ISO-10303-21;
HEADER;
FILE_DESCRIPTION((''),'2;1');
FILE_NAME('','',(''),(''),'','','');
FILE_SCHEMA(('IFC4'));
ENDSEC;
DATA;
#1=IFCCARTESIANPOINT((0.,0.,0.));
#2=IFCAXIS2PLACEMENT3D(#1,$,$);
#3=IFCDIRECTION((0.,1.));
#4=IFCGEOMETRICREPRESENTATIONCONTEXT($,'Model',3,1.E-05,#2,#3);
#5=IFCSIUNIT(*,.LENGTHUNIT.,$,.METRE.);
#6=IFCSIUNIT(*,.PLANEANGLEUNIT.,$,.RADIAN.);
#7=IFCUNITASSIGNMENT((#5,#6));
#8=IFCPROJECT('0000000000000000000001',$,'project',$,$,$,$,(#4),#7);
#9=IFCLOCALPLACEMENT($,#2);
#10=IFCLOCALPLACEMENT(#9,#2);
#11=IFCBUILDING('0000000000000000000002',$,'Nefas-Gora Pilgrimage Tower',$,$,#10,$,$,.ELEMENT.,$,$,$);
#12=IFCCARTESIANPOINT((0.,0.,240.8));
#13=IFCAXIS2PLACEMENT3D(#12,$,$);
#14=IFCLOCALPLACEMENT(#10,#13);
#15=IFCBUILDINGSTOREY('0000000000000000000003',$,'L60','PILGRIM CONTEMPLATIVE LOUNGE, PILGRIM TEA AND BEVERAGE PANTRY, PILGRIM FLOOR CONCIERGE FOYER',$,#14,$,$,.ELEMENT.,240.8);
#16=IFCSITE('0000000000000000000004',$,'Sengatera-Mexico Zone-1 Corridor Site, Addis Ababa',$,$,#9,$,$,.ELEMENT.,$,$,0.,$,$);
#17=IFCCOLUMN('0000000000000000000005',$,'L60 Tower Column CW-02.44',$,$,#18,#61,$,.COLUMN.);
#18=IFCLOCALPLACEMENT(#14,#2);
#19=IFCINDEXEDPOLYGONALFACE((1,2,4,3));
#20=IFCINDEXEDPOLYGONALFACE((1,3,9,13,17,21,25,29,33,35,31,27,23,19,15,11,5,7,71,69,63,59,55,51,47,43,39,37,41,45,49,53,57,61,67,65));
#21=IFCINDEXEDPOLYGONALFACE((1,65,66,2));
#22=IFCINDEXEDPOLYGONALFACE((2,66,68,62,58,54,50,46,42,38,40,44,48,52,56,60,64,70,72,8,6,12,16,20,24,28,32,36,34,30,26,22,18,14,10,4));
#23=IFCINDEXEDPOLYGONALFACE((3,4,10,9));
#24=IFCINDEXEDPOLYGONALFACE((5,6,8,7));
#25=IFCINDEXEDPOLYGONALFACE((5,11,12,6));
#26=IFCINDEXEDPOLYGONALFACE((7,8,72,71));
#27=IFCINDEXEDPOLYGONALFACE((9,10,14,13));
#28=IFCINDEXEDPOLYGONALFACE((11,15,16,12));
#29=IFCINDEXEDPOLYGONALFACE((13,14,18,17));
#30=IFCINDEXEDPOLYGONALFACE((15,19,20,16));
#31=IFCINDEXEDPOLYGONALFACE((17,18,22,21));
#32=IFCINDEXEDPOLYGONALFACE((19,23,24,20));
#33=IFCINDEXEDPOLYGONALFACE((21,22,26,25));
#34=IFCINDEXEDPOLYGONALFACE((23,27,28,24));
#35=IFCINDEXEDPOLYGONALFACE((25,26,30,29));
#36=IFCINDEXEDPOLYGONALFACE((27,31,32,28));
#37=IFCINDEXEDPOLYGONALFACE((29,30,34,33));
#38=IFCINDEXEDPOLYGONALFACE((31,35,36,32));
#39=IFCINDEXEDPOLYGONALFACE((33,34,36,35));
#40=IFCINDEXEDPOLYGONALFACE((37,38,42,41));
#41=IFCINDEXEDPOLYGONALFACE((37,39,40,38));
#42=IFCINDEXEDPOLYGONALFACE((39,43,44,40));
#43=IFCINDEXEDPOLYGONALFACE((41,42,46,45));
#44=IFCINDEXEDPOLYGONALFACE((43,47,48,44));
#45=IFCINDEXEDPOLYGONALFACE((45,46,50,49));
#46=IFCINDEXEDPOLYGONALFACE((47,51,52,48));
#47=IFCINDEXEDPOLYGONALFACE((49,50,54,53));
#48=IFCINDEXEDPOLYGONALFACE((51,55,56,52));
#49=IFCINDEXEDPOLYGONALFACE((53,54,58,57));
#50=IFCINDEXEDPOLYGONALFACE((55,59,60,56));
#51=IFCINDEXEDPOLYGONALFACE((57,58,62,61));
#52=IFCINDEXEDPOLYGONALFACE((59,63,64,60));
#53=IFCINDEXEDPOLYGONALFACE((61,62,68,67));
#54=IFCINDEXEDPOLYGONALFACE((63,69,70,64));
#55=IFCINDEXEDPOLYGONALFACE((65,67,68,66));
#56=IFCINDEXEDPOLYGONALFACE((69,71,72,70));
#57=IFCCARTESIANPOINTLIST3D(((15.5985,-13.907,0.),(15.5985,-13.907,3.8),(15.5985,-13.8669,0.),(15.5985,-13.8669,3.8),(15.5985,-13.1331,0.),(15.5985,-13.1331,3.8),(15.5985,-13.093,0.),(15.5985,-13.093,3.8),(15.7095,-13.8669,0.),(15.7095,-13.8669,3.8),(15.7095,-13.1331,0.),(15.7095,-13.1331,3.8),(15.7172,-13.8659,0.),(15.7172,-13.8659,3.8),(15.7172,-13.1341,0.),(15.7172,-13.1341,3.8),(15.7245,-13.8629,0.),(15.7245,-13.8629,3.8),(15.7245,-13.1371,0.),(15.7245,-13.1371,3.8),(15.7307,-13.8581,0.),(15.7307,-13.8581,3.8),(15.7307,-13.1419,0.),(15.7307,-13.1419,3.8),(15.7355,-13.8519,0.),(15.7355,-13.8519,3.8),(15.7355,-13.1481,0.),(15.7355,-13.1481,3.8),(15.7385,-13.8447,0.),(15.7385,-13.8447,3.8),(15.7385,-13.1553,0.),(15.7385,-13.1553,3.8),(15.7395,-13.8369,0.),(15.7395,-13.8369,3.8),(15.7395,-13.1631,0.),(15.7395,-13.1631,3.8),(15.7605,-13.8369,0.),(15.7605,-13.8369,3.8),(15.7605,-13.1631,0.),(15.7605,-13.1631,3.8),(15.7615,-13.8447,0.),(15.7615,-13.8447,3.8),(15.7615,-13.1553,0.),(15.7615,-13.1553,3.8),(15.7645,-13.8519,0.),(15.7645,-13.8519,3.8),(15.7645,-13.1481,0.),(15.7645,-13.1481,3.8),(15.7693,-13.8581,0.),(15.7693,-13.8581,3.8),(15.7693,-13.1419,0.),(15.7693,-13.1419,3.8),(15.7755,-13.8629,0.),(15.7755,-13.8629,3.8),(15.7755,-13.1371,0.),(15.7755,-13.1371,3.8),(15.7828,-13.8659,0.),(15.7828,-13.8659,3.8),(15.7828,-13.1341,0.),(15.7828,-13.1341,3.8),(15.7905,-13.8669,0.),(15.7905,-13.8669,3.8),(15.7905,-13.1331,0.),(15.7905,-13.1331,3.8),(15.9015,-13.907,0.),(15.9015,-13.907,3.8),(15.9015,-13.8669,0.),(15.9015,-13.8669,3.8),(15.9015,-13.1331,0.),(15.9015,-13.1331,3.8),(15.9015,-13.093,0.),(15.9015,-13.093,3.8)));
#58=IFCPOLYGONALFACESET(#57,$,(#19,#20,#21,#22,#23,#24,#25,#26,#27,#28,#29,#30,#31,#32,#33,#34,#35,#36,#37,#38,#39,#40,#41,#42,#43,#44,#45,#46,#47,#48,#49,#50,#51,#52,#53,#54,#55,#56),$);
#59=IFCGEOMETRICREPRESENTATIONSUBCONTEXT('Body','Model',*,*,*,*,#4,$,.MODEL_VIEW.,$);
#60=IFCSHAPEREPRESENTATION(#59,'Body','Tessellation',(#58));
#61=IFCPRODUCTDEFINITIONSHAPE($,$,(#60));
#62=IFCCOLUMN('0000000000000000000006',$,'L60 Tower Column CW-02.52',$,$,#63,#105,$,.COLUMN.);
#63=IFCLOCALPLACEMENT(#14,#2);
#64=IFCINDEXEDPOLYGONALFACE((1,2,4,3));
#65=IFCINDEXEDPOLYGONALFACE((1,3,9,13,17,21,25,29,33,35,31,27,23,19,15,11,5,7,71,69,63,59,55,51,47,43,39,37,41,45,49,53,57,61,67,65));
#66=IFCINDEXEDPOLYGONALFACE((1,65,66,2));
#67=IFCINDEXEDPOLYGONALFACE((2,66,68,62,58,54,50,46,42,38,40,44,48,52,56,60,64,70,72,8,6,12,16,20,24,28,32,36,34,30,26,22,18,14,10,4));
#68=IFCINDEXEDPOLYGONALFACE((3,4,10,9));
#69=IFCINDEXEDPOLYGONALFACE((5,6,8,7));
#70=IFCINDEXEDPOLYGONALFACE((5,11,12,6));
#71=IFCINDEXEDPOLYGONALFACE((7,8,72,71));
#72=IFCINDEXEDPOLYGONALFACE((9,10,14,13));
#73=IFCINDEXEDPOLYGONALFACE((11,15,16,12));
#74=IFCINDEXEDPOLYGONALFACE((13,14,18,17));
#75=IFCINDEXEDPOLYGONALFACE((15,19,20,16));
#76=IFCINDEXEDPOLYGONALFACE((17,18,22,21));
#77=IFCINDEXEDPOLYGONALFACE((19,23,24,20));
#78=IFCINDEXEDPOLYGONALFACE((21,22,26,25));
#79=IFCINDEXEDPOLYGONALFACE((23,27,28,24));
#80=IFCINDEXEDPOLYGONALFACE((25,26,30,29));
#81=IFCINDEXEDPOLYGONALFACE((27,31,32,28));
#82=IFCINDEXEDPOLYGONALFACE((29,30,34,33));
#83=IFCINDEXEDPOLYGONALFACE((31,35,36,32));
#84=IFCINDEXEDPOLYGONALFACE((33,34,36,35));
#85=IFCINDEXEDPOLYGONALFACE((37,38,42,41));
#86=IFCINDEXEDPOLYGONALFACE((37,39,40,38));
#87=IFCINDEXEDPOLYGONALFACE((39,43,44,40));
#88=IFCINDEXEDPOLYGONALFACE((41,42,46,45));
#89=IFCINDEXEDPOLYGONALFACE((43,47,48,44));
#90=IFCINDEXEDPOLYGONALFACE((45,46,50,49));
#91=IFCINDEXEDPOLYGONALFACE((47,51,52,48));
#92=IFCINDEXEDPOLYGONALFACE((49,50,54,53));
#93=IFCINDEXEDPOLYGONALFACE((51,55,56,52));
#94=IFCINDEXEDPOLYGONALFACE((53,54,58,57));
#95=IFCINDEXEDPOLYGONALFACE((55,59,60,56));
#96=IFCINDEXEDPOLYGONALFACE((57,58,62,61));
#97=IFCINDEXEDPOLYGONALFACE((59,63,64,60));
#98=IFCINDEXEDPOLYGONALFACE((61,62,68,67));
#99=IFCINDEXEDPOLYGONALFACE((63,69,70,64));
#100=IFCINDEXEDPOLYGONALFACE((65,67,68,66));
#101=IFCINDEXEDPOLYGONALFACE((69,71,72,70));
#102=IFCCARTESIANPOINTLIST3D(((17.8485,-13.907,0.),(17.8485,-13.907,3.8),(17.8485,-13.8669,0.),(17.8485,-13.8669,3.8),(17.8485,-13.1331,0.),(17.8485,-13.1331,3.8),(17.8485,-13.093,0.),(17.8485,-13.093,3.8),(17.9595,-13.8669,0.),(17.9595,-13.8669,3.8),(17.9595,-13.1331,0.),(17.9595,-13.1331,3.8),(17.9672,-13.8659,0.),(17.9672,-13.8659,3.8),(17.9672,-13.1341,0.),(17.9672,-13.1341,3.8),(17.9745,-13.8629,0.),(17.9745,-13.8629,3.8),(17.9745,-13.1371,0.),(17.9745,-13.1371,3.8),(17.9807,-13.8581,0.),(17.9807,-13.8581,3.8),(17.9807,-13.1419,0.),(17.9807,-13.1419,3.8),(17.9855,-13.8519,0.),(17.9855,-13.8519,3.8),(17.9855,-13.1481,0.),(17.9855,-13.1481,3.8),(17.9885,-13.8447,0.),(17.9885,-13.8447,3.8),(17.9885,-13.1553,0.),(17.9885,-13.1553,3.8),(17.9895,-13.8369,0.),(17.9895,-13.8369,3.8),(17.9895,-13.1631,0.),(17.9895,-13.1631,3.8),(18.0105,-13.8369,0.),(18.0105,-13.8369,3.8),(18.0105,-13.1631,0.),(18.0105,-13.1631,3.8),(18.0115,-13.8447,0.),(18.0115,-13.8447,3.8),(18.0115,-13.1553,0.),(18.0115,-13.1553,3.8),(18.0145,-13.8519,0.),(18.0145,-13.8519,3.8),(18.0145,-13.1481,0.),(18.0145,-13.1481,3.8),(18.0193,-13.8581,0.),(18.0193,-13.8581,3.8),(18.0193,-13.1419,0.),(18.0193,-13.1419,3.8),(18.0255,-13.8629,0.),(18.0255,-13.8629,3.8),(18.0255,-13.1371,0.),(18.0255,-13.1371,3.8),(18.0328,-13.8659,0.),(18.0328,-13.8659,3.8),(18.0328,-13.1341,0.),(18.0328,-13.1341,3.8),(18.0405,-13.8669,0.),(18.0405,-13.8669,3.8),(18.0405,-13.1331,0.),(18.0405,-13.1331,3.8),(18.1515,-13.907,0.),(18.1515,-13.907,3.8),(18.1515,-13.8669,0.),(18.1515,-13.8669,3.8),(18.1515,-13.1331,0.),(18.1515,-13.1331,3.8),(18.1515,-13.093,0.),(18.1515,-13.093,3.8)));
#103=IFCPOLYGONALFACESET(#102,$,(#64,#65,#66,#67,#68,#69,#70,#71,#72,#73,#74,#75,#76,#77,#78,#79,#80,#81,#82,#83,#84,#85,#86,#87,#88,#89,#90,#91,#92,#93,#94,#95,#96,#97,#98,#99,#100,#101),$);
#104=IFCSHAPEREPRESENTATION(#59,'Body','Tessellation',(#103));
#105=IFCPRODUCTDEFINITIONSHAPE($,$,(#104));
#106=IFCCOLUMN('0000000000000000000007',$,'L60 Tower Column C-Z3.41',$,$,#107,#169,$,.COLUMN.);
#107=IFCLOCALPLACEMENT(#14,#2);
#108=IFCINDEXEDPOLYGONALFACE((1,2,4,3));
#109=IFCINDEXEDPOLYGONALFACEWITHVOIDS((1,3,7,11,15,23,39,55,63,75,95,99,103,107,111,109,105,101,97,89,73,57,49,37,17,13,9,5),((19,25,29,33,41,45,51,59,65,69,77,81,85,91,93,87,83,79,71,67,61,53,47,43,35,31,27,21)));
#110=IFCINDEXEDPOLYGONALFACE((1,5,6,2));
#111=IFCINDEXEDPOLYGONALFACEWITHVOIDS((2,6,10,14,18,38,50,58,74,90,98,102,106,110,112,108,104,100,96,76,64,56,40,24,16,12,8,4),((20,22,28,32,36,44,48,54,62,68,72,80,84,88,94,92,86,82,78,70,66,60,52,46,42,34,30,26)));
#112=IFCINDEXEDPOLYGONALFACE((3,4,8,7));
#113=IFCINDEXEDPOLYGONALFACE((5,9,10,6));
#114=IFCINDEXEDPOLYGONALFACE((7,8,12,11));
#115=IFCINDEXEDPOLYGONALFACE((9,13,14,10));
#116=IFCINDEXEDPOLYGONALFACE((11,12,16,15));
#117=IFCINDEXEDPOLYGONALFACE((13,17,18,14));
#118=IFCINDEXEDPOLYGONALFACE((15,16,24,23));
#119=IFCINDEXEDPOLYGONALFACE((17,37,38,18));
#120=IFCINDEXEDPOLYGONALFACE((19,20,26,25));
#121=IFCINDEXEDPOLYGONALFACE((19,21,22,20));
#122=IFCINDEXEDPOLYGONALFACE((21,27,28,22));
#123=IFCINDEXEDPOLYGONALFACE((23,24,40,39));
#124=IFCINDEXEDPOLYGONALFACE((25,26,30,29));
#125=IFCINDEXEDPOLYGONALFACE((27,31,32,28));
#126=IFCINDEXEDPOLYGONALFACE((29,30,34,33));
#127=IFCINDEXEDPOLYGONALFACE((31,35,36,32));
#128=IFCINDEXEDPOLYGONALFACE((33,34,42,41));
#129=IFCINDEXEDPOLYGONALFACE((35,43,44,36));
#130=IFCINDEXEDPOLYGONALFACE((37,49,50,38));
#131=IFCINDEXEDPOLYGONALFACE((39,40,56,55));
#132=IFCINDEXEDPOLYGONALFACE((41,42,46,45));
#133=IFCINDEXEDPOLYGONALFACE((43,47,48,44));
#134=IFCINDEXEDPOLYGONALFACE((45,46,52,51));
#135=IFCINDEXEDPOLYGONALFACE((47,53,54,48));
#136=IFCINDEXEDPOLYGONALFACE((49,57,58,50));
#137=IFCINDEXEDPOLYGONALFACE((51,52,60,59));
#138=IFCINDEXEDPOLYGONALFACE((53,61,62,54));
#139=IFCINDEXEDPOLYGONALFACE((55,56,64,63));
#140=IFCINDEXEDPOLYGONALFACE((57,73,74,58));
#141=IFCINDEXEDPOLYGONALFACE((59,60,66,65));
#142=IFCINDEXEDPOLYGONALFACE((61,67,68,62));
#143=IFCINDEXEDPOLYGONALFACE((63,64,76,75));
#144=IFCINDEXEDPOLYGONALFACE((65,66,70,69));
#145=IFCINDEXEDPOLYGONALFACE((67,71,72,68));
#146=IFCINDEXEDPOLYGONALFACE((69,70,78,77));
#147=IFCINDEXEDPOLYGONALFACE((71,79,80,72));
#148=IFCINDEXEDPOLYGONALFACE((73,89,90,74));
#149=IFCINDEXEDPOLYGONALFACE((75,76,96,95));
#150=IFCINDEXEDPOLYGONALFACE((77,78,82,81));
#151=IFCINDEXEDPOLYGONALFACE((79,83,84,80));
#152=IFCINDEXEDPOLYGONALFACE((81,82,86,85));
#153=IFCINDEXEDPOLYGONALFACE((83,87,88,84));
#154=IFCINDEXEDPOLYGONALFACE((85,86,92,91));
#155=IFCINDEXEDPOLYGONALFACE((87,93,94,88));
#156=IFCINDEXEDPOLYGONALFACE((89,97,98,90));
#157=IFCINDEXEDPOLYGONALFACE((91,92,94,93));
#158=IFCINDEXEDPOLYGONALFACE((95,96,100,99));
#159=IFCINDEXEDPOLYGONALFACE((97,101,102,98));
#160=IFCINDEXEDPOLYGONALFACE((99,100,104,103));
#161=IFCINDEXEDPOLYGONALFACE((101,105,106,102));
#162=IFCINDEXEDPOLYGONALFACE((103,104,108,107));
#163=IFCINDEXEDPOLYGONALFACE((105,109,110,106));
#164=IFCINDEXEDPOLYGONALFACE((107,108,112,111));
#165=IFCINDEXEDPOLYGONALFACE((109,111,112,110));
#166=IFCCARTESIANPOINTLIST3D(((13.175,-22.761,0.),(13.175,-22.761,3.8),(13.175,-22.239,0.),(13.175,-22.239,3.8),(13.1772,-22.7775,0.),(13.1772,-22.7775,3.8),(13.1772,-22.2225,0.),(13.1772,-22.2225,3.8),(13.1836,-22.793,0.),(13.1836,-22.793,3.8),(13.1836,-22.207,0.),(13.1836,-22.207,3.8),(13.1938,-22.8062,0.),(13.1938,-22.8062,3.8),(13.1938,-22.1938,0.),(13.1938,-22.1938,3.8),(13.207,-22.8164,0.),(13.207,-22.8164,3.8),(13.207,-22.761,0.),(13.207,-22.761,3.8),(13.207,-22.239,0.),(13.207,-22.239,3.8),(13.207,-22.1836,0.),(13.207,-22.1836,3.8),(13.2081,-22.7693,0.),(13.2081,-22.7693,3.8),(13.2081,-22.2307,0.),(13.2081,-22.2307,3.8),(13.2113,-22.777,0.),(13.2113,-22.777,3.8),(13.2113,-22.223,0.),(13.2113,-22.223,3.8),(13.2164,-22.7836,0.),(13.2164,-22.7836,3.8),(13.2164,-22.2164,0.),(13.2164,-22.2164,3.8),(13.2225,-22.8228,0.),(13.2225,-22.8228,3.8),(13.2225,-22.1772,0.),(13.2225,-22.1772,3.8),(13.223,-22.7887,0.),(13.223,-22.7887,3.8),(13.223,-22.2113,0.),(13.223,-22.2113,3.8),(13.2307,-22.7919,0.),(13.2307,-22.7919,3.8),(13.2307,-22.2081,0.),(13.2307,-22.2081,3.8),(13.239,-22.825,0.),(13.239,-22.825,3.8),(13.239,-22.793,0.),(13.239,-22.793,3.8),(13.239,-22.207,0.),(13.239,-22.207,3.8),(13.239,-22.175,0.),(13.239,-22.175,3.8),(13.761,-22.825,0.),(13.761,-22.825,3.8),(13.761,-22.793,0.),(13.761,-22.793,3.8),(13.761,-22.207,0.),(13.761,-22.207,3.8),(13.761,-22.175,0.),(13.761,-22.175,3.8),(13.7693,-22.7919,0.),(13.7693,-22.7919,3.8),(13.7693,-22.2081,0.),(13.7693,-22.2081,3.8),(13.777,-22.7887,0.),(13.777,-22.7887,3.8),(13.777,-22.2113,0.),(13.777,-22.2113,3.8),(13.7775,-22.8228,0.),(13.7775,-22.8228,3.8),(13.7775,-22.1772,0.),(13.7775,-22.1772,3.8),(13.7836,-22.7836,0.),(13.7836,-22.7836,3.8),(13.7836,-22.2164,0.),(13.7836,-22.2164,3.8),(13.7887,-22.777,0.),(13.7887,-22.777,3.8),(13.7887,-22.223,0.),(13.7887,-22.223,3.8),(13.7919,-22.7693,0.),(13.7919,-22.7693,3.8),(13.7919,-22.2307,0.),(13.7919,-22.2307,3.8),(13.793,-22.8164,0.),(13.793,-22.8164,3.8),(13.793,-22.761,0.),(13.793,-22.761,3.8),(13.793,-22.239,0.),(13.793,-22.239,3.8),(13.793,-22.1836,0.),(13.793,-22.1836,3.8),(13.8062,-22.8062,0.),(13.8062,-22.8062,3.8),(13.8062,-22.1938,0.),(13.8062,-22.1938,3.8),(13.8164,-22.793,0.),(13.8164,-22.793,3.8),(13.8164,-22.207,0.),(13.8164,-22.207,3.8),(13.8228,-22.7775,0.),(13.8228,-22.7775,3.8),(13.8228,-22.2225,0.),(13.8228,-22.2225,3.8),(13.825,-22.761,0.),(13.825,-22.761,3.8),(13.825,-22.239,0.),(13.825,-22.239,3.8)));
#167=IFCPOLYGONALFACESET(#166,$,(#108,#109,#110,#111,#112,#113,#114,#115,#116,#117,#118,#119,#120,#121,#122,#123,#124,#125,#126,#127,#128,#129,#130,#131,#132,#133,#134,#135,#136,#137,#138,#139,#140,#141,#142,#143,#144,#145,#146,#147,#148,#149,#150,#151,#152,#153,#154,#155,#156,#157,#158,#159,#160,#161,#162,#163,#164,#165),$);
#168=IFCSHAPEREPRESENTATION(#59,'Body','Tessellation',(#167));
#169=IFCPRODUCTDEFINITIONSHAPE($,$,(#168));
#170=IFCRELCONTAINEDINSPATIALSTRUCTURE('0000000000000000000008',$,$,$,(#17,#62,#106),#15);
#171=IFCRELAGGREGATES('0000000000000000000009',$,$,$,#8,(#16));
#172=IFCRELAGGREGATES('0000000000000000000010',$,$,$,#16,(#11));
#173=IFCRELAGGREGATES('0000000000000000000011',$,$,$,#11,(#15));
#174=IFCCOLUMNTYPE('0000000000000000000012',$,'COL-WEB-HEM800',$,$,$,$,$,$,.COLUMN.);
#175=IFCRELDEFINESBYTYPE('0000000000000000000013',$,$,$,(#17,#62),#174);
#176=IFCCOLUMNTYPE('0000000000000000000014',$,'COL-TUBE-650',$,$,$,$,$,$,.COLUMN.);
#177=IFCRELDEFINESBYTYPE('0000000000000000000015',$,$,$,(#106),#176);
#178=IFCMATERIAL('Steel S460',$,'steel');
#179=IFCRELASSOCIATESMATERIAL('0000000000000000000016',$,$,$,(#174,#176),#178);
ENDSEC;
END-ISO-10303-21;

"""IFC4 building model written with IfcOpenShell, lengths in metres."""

from ifc_helpers import new_model, si_unit, direction, frame, origin, origin_2d, place, context, subcontext, project, spatial, hollow_rectangle, i_section, extrude, source, transform, mapped, material, material_profile, profile_set, type_object, element, save


model = new_model("IFC4")

# Units and contexts
model_context = context("Model", 3, precision=1e-05, world=origin(), true_north=direction((0.0, 1.0)))
body_context = subcontext(model_context, "Body", "Model", "MODEL_VIEW")
ifc_project = project(units=[si_unit("LENGTHUNIT", "METRE"), si_unit("PLANEANGLEUNIT", "RADIAN")], contexts=[model_context])

# Site, building, storey
site_placement = place(None, origin())
site = spatial("IfcSite", under=ifc_project, at=site_placement, Name="Sengatera-Mexico Zone-1 Corridor Site, Addis Ababa", CompositionType="ELEMENT", RefElevation=0.0)
building_placement = place(site_placement, origin())
building = spatial("IfcBuilding", under=site, at=building_placement, Name="Nefas-Gora Pilgrimage Tower", CompositionType="ELEMENT")
storey_placement = place(building_placement, frame((0.0, 0.0, 240.8)))
storey = spatial("IfcBuildingStorey", under=building, at=storey_placement, Name="L60", Description="PILGRIM CONTEMPLATIVE LOUNGE, PILGRIM TEA AND BEVERAGE PANTRY, PILGRIM FLOOR CONCIERGE FOYER", CompositionType="ELEMENT", Elevation=240.8)

# Columns
ifc_material_1 = material(Name="Steel S460", Category="steel")
ifc_material_profile_1 = material_profile(ifc_material_1, i_section(OverallWidth=0.303, OverallDepth=0.814, WebThickness=0.021, FlangeThickness=0.04, FilletRadius=0.03, at=origin_2d()), Name="HEM 800")
ifc_profile_set_1 = profile_set([ifc_material_profile_1], Name="Steel S460")
column_type_1 = type_object("IfcColumnType", Name="COL-WEB-HEM800", PredefinedType="COLUMN", material=ifc_profile_set_1)
shared_shape_1 = source(origin(), body_context, "Body", "SweptSolid", [
    extrude(i_section(OverallWidth=0.303, OverallDepth=0.814, WebThickness=0.021, FlangeThickness=0.04, FilletRadius=0.03, at=origin_2d()), origin(), (0.0, 0.0, 1.0), 3.8),
])
for number, where, z_axis, x_axis, name in (
    (1, (15.75, -13.5, 0.0), (0.0, 0.0, 1.0), (1.0, 0.0, 0.0), "L60 Tower Column CW-02.44"),
    (2, (18.0, -13.5, 0.0), (0.0, 0.0, 1.0), (1.0, 0.0, 0.0), "L60 Tower Column CW-02.52"),
):
    element("IfcColumn", number, at=place(storey_placement, frame(where, z_axis=z_axis, x_axis=x_axis)), inside=storey, type_object=column_type_1, Name=name, PredefinedType="COLUMN", context=body_context, shape_type="MappedRepresentation", body=[
        mapped(shared_shape_1, transform((0.0, 0.0, 0.0), x_axis=(1.0, 0.0, 0.0), y_axis=(0.0, 1.0, 0.0), z_axis=(0.0, 0.0, 1.0), scale=1.0)),
    ])
ifc_material_profile_2 = material_profile(ifc_material_1, hollow_rectangle(XDim=0.6499, YDim=0.6499, WallThickness=0.032, InnerFilletRadius=0.032, OuterFilletRadius=0.064, at=origin_2d()), Name="BOX 650x650x32")
ifc_profile_set_2 = profile_set([ifc_material_profile_2], Name="Steel S460")
column_type_2 = type_object("IfcColumnType", Name="COL-TUBE-650", PredefinedType="COLUMN", material=ifc_profile_set_2)
shared_shape_2 = source(origin(), body_context, "Body", "SweptSolid", [
    extrude(hollow_rectangle(XDim=0.6499, YDim=0.6499, WallThickness=0.032, InnerFilletRadius=0.032, OuterFilletRadius=0.064, at=origin_2d()), origin(), (0.0, 0.0, 1.0), 3.8),
])
for number, where, z_axis, x_axis, name in (
    (3, (13.5, -22.5, 0.0), (0.0, 0.0, 1.0), (1.0, 0.0, 0.0), "L60 Tower Column C-Z3.41"),
):
    element("IfcColumn", number, at=place(storey_placement, frame(where, z_axis=z_axis, x_axis=x_axis)), inside=storey, type_object=column_type_2, Name=name, PredefinedType="COLUMN", context=body_context, shape_type="MappedRepresentation", body=[
        mapped(shared_shape_2, transform((0.0, 0.0, 0.0), x_axis=(1.0, 0.0, 0.0), y_axis=(0.0, 1.0, 0.0), z_axis=(0.0, 0.0, 1.0), scale=1.0)),
    ])

save(model, "model.ifc")
